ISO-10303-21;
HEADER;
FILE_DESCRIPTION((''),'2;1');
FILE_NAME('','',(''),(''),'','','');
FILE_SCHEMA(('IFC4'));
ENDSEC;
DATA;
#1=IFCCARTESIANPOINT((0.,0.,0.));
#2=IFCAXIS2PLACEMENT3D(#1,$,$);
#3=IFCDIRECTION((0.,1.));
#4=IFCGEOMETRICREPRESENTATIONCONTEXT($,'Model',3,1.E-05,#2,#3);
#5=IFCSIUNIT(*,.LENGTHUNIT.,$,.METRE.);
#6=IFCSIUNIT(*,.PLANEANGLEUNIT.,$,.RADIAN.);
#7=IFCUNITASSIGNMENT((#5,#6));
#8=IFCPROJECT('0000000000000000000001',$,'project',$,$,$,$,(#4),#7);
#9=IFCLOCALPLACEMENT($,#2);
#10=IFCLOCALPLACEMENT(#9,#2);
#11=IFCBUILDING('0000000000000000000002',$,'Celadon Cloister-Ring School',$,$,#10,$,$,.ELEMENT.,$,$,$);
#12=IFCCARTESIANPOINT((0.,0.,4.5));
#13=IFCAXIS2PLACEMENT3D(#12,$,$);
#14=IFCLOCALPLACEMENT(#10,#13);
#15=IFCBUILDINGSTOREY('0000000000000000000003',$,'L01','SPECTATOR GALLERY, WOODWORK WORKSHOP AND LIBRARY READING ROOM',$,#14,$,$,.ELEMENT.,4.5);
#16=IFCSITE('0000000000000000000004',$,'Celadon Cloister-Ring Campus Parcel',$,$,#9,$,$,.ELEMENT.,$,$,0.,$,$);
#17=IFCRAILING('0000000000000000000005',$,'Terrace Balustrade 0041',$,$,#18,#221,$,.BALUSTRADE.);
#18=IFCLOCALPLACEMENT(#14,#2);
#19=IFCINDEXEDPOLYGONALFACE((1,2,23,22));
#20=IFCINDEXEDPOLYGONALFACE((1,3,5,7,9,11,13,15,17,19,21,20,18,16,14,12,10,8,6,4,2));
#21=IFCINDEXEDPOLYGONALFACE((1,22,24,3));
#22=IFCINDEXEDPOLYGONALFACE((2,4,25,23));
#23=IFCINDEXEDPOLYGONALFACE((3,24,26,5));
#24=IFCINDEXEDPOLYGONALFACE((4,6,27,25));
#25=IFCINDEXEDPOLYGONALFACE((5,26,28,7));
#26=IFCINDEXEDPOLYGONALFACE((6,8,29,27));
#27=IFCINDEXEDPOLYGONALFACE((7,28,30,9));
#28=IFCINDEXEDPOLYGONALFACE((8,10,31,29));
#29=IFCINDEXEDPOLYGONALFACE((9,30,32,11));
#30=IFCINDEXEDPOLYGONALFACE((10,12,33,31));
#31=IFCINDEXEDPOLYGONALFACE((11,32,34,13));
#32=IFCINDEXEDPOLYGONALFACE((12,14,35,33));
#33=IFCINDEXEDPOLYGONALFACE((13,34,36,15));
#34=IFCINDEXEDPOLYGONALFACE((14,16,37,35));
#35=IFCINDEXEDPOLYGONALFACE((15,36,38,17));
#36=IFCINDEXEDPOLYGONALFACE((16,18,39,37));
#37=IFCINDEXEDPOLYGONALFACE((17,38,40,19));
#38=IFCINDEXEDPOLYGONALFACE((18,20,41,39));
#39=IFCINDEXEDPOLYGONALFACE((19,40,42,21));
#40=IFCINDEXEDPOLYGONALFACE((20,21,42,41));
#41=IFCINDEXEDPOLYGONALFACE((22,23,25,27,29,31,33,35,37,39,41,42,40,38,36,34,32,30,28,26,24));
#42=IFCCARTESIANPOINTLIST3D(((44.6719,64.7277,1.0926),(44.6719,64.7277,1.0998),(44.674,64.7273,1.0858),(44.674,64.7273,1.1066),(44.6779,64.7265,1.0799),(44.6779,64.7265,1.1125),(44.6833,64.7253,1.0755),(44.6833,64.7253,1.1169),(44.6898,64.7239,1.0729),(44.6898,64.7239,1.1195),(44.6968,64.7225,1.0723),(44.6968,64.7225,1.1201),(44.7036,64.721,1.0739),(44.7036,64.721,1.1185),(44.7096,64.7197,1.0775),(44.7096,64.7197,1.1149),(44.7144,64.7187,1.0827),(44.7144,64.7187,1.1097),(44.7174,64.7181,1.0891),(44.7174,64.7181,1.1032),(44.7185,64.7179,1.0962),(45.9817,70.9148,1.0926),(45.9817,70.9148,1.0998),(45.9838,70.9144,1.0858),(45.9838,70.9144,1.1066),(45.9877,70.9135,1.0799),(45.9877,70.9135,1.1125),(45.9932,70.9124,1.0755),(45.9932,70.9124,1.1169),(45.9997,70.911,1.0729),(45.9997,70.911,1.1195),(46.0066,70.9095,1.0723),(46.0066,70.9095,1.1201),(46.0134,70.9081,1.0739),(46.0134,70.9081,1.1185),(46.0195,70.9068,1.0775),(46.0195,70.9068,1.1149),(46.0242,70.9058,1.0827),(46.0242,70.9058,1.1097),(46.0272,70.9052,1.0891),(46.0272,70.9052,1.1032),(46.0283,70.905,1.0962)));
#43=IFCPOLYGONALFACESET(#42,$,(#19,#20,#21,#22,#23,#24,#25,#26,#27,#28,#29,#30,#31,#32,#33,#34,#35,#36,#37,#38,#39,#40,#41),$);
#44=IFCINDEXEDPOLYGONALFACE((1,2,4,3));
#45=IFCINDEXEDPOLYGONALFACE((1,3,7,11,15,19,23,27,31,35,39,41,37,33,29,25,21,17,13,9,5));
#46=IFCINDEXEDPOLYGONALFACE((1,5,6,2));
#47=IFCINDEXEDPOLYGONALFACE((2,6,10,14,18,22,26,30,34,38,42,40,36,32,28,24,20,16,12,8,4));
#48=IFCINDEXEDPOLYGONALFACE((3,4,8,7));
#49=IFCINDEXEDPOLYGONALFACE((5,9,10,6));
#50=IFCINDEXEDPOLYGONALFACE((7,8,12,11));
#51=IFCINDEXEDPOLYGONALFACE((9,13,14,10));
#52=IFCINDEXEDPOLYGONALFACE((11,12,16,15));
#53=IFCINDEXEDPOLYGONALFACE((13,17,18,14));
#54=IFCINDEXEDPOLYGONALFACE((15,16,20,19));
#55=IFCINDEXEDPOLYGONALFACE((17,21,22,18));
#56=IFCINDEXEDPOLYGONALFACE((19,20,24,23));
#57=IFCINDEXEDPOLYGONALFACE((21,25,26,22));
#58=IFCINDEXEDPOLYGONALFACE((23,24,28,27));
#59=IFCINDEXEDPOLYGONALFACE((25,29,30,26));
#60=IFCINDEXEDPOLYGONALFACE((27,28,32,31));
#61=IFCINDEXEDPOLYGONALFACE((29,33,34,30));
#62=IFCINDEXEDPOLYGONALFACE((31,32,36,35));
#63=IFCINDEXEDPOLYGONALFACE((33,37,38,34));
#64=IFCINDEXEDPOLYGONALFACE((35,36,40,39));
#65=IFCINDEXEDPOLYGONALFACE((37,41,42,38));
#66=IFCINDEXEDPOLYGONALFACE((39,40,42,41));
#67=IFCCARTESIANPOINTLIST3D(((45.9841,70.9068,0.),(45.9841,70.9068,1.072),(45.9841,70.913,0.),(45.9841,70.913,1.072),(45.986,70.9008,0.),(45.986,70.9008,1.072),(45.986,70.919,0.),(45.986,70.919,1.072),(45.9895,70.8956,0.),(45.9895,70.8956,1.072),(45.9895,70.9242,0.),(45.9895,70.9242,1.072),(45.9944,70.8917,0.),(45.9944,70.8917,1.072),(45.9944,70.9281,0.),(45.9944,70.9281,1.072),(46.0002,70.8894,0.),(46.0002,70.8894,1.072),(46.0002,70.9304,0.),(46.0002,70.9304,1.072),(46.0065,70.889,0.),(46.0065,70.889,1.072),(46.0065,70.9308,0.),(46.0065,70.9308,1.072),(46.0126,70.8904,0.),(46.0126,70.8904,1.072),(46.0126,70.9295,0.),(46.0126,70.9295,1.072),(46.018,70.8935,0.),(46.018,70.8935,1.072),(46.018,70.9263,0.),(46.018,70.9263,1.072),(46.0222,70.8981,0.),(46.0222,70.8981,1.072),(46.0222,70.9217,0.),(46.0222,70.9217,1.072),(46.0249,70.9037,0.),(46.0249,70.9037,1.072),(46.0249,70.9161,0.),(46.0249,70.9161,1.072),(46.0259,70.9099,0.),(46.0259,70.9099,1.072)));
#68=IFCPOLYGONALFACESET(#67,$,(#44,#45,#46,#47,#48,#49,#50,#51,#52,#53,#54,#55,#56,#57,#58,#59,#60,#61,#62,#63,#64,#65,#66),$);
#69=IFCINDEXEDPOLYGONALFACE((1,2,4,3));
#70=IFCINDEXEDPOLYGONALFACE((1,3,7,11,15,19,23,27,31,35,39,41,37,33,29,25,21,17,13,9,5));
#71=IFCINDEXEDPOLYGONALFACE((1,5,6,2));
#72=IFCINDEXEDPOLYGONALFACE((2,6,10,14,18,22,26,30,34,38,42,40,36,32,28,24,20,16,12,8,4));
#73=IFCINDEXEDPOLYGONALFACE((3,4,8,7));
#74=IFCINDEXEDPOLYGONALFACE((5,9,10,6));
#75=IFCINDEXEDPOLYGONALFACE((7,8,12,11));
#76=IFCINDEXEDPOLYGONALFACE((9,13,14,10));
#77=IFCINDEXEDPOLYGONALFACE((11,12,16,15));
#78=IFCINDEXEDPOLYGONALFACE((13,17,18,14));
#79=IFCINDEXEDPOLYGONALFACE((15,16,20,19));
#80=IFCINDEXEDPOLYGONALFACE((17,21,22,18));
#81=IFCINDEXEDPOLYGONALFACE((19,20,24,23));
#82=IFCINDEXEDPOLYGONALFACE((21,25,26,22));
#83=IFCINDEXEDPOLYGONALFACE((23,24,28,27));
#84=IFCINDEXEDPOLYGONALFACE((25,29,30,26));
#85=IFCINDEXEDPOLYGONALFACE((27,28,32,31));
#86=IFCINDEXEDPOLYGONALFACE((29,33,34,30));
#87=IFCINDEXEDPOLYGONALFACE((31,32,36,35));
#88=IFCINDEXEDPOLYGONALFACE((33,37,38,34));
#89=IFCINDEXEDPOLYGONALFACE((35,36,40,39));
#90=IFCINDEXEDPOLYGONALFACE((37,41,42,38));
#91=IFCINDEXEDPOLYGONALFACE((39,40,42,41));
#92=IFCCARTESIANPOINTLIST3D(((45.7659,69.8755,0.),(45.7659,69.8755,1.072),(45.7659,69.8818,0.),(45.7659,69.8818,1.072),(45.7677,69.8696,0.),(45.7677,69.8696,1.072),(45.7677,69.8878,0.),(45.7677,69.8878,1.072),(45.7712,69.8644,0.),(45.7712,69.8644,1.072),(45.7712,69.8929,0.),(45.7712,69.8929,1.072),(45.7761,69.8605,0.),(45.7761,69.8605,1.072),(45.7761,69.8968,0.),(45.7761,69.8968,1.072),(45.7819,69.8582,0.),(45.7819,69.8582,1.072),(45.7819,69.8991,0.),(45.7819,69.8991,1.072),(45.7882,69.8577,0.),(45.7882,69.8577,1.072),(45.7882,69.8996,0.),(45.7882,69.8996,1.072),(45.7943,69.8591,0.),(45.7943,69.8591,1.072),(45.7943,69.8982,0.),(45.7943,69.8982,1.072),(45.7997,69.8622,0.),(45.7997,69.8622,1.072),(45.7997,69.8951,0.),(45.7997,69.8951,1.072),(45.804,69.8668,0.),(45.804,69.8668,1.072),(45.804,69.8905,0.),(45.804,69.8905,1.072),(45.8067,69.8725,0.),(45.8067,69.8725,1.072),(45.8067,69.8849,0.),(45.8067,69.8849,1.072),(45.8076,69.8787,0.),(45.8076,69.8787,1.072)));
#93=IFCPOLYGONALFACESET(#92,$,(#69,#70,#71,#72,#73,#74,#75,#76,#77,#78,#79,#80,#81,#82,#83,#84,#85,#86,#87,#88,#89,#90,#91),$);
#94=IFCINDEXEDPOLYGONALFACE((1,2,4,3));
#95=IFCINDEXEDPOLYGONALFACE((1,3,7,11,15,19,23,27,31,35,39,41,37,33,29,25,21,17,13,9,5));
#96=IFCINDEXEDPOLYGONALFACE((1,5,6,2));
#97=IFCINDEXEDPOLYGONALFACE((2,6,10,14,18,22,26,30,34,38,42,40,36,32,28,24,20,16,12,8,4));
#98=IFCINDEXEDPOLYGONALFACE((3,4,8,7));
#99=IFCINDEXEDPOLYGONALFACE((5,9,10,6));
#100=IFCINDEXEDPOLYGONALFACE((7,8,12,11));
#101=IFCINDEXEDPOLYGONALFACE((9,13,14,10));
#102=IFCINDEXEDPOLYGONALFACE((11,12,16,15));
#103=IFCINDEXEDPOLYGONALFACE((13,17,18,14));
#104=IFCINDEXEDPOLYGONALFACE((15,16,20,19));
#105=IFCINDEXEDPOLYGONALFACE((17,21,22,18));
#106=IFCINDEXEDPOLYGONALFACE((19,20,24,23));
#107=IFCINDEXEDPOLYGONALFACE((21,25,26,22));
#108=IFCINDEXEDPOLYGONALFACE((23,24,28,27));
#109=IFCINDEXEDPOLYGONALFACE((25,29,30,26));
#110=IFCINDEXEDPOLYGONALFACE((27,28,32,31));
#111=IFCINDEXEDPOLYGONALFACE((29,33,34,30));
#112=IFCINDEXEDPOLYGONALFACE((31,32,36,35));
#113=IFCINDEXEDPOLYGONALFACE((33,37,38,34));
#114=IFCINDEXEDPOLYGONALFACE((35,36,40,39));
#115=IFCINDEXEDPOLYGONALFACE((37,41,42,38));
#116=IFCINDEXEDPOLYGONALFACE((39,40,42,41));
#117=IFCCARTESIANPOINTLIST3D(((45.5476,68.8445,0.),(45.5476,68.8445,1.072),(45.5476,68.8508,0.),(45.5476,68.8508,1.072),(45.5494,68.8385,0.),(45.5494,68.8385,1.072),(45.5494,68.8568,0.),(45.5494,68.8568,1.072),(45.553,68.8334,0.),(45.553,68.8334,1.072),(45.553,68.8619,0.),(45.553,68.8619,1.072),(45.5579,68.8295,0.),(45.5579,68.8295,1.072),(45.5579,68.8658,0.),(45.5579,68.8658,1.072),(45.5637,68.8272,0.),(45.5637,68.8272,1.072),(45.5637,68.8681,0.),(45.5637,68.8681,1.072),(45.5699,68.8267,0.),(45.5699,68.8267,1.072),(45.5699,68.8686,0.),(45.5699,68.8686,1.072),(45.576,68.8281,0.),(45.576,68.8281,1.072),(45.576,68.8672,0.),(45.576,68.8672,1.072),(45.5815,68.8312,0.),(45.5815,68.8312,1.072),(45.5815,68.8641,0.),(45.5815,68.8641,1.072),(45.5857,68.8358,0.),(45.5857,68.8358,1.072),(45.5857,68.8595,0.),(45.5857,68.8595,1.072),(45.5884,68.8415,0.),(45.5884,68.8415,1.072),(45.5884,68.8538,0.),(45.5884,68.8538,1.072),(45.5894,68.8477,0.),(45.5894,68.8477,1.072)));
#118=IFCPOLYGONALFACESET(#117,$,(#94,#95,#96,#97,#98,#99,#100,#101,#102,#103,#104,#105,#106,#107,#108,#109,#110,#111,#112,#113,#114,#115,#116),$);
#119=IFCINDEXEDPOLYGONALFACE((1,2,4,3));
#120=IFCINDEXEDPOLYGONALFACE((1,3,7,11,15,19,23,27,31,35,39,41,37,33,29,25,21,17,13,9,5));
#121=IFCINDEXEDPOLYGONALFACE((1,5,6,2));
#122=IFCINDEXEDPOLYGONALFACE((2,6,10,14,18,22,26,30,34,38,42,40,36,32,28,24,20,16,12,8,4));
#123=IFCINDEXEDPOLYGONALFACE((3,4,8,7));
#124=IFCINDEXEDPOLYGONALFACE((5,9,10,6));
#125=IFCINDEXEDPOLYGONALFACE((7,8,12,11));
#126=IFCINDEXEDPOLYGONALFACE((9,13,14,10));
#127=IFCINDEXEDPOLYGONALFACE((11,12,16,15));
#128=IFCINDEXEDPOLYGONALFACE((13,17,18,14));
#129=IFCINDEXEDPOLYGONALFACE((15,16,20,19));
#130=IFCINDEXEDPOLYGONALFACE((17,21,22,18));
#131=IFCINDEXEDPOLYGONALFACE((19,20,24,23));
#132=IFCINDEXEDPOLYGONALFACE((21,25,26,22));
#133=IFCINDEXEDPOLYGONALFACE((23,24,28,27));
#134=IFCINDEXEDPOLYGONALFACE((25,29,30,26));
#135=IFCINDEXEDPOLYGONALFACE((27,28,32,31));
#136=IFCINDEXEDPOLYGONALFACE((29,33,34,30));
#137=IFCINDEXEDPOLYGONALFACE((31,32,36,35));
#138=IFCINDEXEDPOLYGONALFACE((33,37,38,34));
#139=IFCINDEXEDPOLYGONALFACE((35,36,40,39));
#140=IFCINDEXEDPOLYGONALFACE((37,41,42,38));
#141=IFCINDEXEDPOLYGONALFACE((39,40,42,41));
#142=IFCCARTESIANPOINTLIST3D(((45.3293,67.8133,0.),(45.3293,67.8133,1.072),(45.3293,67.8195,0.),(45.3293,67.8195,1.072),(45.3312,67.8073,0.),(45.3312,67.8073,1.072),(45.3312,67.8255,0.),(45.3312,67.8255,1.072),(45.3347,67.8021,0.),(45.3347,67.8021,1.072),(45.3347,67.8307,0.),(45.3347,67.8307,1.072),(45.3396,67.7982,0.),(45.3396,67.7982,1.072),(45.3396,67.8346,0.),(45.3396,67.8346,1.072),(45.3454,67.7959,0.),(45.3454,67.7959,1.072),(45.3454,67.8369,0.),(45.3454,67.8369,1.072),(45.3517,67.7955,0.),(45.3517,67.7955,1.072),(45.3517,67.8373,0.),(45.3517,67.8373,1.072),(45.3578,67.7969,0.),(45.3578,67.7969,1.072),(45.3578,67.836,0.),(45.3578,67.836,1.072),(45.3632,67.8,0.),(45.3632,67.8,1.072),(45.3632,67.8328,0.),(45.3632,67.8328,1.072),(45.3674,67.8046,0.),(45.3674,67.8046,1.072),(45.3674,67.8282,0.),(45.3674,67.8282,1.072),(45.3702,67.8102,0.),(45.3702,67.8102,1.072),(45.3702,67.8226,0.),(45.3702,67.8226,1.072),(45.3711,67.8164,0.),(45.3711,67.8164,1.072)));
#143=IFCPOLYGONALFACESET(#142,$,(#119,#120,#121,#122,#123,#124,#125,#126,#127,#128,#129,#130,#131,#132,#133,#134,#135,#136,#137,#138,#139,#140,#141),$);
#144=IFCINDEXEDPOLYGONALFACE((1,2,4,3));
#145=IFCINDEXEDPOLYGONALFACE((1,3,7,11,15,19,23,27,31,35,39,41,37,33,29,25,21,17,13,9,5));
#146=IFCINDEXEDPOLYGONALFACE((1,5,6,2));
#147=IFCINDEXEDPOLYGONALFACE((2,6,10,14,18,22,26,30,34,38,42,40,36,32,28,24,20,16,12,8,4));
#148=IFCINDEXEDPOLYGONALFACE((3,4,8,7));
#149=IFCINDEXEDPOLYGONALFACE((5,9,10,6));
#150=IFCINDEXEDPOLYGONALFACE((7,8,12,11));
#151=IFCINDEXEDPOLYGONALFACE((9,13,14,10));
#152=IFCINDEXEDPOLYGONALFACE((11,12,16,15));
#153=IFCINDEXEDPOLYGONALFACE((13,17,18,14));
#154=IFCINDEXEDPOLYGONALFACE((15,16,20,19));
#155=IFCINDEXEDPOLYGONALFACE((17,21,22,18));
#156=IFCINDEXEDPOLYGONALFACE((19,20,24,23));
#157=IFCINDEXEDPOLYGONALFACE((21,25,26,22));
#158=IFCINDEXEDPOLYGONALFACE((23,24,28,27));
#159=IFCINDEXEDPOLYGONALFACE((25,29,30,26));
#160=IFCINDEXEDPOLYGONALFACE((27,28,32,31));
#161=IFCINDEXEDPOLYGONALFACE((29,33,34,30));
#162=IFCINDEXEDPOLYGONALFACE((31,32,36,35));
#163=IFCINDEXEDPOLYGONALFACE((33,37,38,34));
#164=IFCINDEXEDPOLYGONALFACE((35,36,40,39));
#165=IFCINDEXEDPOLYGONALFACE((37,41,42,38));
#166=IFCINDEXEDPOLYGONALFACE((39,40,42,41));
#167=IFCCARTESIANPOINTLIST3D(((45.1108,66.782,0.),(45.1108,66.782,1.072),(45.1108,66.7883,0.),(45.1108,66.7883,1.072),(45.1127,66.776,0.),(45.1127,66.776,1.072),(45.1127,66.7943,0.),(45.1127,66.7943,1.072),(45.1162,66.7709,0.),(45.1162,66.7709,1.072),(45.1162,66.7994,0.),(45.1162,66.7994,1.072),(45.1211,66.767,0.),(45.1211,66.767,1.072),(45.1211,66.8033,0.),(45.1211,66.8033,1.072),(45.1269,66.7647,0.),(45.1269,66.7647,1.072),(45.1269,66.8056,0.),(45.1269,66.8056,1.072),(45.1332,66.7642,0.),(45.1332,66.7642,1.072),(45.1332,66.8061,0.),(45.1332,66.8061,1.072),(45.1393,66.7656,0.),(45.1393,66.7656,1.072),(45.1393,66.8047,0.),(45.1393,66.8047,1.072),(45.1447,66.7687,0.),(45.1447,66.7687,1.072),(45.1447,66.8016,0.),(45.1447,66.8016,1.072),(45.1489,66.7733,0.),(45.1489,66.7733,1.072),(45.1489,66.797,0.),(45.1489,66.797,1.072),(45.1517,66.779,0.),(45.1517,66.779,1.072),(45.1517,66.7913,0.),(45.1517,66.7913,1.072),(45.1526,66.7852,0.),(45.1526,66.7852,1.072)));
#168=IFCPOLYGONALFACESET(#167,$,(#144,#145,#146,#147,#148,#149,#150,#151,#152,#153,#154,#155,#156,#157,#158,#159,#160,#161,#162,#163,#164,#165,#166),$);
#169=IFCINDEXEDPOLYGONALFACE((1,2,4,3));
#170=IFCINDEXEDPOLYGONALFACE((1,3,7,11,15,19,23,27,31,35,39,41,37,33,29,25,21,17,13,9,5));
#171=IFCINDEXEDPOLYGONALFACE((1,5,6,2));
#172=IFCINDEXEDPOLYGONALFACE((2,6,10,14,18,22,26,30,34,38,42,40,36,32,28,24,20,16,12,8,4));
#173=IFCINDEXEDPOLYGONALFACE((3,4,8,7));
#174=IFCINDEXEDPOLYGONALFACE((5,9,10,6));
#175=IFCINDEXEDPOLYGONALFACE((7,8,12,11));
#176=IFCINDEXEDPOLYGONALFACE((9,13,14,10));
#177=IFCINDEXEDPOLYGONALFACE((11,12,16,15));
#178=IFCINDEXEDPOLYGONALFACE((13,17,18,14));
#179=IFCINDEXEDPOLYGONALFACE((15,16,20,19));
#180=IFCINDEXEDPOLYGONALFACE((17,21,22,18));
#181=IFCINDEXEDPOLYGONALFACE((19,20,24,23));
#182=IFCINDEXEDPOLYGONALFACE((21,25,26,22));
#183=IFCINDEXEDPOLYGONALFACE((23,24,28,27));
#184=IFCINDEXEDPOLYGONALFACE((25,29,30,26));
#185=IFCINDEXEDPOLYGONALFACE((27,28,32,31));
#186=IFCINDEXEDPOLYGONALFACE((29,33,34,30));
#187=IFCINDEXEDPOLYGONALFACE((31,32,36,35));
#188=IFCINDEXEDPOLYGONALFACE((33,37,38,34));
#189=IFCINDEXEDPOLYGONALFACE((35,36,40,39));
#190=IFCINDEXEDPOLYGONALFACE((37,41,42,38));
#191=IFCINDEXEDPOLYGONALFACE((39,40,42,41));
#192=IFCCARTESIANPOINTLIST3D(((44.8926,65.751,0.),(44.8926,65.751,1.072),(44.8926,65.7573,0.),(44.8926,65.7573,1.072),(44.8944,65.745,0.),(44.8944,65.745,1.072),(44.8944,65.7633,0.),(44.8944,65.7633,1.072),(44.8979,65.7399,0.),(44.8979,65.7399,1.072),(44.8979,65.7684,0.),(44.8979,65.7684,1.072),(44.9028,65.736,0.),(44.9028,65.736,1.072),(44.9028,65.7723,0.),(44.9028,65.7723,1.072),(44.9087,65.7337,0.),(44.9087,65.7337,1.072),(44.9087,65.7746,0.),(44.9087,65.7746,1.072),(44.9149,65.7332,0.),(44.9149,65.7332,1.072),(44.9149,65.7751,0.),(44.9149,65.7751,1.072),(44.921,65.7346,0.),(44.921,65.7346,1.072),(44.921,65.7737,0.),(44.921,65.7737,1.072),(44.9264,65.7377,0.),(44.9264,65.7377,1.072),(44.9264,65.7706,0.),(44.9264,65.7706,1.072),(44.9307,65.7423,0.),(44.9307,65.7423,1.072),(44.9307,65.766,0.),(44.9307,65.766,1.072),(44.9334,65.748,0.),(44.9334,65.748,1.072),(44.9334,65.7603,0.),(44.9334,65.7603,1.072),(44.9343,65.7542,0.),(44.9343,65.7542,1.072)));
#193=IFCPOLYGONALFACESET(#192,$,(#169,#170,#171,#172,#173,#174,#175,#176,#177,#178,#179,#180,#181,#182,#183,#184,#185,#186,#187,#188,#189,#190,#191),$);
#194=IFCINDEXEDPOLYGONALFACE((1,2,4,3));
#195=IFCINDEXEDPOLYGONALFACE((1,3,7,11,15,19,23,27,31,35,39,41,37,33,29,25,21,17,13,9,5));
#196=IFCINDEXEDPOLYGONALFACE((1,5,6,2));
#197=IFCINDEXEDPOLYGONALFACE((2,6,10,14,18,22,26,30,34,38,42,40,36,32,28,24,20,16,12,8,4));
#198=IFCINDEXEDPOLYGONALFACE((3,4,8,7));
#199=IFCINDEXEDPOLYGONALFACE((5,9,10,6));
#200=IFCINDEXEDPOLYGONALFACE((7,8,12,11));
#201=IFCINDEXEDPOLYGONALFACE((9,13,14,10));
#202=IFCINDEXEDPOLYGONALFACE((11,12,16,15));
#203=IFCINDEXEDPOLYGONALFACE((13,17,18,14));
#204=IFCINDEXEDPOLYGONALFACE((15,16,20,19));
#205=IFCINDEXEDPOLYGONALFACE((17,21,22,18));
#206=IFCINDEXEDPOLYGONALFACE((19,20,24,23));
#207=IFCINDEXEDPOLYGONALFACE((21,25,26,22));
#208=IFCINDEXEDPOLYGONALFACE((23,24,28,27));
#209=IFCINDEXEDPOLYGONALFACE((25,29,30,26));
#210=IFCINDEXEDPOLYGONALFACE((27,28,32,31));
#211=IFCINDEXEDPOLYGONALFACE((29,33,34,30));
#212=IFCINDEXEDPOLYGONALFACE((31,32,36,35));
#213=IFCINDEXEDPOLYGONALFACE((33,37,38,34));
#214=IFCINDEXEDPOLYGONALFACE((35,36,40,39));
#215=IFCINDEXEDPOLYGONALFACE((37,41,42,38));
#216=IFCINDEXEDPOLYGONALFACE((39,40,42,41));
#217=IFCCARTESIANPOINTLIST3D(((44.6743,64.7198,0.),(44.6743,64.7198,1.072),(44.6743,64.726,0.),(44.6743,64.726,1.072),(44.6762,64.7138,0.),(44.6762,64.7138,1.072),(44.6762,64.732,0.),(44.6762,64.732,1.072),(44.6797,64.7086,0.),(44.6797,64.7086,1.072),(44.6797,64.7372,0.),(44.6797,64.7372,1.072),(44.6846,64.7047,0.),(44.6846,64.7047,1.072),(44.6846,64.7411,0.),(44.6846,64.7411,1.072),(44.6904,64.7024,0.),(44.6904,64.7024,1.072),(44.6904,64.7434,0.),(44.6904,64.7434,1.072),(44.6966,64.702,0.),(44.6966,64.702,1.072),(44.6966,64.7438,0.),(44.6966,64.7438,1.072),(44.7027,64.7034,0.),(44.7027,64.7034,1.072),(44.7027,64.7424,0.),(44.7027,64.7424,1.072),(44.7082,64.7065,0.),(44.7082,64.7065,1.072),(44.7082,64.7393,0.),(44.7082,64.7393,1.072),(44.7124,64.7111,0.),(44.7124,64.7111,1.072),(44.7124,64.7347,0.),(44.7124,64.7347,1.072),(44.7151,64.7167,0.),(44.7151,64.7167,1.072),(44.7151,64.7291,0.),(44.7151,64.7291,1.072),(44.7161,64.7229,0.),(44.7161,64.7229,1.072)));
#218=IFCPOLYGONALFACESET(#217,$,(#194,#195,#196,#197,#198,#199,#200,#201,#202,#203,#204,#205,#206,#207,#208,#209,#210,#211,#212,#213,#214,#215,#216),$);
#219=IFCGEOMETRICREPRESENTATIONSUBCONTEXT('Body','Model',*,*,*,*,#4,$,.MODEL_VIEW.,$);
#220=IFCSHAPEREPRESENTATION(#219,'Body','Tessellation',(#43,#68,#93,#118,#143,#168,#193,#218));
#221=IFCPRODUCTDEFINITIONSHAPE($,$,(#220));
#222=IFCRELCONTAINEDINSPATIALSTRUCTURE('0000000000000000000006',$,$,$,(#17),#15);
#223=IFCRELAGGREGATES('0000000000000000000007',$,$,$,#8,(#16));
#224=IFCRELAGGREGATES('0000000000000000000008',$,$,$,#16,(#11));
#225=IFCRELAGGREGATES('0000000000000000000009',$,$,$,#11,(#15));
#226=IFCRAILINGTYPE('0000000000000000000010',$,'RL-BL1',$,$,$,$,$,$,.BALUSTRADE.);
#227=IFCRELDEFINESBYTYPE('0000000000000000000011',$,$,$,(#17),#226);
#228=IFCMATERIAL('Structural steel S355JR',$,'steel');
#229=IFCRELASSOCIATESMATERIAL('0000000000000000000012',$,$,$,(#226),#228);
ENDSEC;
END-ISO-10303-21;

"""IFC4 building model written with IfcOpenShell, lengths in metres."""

from ifc_helpers import new_model, si_unit, direction, frame, origin, origin_2d, place, context, subcontext, project, spatial, circle, extrude, material, type_object, element, save


model = new_model("IFC4")

# Units and contexts
model_context = context("Model", 3, precision=1e-05, world=origin(), true_north=direction((0.0, 1.0)))
body_context = subcontext(model_context, "Body", "Model", "MODEL_VIEW")
ifc_project = project(units=[si_unit("LENGTHUNIT", "METRE"), si_unit("PLANEANGLEUNIT", "RADIAN")], contexts=[model_context])

# Site, building, storey
site_placement = place(None, origin())
site = spatial("IfcSite", under=ifc_project, at=site_placement, Name="Celadon Cloister-Ring Campus Parcel", CompositionType="ELEMENT", RefElevation=0.0)
building_placement = place(site_placement, origin())
building = spatial("IfcBuilding", under=site, at=building_placement, Name="Celadon Cloister-Ring School", CompositionType="ELEMENT")
storey_placement = place(building_placement, frame((0.0, 0.0, 4.5)))
storey = spatial("IfcBuildingStorey", under=building, at=storey_placement, Name="L01", Description="SPECTATOR GALLERY, WOODWORK WORKSHOP AND LIBRARY READING ROOM", CompositionType="ELEMENT", Elevation=4.5)

# Railing
ifc_material_1 = material(Name="Structural steel S355JR", Category="steel")
railing_type = type_object("IfcRailingType", Name="RL-BL1", PredefinedType="BALUSTRADE", material=ifc_material_1)
railing_placement = place(storey_placement, frame((46.0049, 70.9099, 0.0)))
element("IfcRailing", 1, at=railing_placement, inside=storey, type_object=railing_type, Name="Terrace Balustrade 0041", PredefinedType="BALUSTRADE", context=body_context, shape_type="SweptSolid", body=[
    extrude(circle(Radius=0.0239, at=origin_2d()), frame((0.0, 0.0, 1.0962), z_axis=(-0.207113, -0.978317, 0.0), x_axis=(0.978317, -0.207113, 0.0)), (0.0, 0.0, 1.0), 6.3242),
    extrude(circle(Radius=0.021, at=origin_2d()), origin(), (0.0, 0.0, 1.0), 1.072),
    extrude(circle(Radius=0.021, at=origin_2d()), frame((-0.2183, -1.0312, 0.0)), (0.0, 0.0, 1.0), 1.072),
    extrude(circle(Radius=0.021, at=origin_2d()), frame((-0.4365, -2.0623, 0.0)), (0.0, 0.0, 1.0), 1.072),
    extrude(circle(Radius=0.021, at=origin_2d()), frame((-0.6548, -3.0935, 0.0)), (0.0, 0.0, 1.0), 1.072),
    extrude(circle(Radius=0.021, at=origin_2d()), frame((-0.8733, -4.1248, 0.0)), (0.0, 0.0, 1.0), 1.072),
    extrude(circle(Radius=0.021, at=origin_2d()), frame((-1.0916, -5.1558, 0.0)), (0.0, 0.0, 1.0), 1.072),
    extrude(circle(Radius=0.021, at=origin_2d()), frame((-1.3098, -6.187, 0.0)), (0.0, 0.0, 1.0), 1.072),
])

save(model, "model.ifc")
